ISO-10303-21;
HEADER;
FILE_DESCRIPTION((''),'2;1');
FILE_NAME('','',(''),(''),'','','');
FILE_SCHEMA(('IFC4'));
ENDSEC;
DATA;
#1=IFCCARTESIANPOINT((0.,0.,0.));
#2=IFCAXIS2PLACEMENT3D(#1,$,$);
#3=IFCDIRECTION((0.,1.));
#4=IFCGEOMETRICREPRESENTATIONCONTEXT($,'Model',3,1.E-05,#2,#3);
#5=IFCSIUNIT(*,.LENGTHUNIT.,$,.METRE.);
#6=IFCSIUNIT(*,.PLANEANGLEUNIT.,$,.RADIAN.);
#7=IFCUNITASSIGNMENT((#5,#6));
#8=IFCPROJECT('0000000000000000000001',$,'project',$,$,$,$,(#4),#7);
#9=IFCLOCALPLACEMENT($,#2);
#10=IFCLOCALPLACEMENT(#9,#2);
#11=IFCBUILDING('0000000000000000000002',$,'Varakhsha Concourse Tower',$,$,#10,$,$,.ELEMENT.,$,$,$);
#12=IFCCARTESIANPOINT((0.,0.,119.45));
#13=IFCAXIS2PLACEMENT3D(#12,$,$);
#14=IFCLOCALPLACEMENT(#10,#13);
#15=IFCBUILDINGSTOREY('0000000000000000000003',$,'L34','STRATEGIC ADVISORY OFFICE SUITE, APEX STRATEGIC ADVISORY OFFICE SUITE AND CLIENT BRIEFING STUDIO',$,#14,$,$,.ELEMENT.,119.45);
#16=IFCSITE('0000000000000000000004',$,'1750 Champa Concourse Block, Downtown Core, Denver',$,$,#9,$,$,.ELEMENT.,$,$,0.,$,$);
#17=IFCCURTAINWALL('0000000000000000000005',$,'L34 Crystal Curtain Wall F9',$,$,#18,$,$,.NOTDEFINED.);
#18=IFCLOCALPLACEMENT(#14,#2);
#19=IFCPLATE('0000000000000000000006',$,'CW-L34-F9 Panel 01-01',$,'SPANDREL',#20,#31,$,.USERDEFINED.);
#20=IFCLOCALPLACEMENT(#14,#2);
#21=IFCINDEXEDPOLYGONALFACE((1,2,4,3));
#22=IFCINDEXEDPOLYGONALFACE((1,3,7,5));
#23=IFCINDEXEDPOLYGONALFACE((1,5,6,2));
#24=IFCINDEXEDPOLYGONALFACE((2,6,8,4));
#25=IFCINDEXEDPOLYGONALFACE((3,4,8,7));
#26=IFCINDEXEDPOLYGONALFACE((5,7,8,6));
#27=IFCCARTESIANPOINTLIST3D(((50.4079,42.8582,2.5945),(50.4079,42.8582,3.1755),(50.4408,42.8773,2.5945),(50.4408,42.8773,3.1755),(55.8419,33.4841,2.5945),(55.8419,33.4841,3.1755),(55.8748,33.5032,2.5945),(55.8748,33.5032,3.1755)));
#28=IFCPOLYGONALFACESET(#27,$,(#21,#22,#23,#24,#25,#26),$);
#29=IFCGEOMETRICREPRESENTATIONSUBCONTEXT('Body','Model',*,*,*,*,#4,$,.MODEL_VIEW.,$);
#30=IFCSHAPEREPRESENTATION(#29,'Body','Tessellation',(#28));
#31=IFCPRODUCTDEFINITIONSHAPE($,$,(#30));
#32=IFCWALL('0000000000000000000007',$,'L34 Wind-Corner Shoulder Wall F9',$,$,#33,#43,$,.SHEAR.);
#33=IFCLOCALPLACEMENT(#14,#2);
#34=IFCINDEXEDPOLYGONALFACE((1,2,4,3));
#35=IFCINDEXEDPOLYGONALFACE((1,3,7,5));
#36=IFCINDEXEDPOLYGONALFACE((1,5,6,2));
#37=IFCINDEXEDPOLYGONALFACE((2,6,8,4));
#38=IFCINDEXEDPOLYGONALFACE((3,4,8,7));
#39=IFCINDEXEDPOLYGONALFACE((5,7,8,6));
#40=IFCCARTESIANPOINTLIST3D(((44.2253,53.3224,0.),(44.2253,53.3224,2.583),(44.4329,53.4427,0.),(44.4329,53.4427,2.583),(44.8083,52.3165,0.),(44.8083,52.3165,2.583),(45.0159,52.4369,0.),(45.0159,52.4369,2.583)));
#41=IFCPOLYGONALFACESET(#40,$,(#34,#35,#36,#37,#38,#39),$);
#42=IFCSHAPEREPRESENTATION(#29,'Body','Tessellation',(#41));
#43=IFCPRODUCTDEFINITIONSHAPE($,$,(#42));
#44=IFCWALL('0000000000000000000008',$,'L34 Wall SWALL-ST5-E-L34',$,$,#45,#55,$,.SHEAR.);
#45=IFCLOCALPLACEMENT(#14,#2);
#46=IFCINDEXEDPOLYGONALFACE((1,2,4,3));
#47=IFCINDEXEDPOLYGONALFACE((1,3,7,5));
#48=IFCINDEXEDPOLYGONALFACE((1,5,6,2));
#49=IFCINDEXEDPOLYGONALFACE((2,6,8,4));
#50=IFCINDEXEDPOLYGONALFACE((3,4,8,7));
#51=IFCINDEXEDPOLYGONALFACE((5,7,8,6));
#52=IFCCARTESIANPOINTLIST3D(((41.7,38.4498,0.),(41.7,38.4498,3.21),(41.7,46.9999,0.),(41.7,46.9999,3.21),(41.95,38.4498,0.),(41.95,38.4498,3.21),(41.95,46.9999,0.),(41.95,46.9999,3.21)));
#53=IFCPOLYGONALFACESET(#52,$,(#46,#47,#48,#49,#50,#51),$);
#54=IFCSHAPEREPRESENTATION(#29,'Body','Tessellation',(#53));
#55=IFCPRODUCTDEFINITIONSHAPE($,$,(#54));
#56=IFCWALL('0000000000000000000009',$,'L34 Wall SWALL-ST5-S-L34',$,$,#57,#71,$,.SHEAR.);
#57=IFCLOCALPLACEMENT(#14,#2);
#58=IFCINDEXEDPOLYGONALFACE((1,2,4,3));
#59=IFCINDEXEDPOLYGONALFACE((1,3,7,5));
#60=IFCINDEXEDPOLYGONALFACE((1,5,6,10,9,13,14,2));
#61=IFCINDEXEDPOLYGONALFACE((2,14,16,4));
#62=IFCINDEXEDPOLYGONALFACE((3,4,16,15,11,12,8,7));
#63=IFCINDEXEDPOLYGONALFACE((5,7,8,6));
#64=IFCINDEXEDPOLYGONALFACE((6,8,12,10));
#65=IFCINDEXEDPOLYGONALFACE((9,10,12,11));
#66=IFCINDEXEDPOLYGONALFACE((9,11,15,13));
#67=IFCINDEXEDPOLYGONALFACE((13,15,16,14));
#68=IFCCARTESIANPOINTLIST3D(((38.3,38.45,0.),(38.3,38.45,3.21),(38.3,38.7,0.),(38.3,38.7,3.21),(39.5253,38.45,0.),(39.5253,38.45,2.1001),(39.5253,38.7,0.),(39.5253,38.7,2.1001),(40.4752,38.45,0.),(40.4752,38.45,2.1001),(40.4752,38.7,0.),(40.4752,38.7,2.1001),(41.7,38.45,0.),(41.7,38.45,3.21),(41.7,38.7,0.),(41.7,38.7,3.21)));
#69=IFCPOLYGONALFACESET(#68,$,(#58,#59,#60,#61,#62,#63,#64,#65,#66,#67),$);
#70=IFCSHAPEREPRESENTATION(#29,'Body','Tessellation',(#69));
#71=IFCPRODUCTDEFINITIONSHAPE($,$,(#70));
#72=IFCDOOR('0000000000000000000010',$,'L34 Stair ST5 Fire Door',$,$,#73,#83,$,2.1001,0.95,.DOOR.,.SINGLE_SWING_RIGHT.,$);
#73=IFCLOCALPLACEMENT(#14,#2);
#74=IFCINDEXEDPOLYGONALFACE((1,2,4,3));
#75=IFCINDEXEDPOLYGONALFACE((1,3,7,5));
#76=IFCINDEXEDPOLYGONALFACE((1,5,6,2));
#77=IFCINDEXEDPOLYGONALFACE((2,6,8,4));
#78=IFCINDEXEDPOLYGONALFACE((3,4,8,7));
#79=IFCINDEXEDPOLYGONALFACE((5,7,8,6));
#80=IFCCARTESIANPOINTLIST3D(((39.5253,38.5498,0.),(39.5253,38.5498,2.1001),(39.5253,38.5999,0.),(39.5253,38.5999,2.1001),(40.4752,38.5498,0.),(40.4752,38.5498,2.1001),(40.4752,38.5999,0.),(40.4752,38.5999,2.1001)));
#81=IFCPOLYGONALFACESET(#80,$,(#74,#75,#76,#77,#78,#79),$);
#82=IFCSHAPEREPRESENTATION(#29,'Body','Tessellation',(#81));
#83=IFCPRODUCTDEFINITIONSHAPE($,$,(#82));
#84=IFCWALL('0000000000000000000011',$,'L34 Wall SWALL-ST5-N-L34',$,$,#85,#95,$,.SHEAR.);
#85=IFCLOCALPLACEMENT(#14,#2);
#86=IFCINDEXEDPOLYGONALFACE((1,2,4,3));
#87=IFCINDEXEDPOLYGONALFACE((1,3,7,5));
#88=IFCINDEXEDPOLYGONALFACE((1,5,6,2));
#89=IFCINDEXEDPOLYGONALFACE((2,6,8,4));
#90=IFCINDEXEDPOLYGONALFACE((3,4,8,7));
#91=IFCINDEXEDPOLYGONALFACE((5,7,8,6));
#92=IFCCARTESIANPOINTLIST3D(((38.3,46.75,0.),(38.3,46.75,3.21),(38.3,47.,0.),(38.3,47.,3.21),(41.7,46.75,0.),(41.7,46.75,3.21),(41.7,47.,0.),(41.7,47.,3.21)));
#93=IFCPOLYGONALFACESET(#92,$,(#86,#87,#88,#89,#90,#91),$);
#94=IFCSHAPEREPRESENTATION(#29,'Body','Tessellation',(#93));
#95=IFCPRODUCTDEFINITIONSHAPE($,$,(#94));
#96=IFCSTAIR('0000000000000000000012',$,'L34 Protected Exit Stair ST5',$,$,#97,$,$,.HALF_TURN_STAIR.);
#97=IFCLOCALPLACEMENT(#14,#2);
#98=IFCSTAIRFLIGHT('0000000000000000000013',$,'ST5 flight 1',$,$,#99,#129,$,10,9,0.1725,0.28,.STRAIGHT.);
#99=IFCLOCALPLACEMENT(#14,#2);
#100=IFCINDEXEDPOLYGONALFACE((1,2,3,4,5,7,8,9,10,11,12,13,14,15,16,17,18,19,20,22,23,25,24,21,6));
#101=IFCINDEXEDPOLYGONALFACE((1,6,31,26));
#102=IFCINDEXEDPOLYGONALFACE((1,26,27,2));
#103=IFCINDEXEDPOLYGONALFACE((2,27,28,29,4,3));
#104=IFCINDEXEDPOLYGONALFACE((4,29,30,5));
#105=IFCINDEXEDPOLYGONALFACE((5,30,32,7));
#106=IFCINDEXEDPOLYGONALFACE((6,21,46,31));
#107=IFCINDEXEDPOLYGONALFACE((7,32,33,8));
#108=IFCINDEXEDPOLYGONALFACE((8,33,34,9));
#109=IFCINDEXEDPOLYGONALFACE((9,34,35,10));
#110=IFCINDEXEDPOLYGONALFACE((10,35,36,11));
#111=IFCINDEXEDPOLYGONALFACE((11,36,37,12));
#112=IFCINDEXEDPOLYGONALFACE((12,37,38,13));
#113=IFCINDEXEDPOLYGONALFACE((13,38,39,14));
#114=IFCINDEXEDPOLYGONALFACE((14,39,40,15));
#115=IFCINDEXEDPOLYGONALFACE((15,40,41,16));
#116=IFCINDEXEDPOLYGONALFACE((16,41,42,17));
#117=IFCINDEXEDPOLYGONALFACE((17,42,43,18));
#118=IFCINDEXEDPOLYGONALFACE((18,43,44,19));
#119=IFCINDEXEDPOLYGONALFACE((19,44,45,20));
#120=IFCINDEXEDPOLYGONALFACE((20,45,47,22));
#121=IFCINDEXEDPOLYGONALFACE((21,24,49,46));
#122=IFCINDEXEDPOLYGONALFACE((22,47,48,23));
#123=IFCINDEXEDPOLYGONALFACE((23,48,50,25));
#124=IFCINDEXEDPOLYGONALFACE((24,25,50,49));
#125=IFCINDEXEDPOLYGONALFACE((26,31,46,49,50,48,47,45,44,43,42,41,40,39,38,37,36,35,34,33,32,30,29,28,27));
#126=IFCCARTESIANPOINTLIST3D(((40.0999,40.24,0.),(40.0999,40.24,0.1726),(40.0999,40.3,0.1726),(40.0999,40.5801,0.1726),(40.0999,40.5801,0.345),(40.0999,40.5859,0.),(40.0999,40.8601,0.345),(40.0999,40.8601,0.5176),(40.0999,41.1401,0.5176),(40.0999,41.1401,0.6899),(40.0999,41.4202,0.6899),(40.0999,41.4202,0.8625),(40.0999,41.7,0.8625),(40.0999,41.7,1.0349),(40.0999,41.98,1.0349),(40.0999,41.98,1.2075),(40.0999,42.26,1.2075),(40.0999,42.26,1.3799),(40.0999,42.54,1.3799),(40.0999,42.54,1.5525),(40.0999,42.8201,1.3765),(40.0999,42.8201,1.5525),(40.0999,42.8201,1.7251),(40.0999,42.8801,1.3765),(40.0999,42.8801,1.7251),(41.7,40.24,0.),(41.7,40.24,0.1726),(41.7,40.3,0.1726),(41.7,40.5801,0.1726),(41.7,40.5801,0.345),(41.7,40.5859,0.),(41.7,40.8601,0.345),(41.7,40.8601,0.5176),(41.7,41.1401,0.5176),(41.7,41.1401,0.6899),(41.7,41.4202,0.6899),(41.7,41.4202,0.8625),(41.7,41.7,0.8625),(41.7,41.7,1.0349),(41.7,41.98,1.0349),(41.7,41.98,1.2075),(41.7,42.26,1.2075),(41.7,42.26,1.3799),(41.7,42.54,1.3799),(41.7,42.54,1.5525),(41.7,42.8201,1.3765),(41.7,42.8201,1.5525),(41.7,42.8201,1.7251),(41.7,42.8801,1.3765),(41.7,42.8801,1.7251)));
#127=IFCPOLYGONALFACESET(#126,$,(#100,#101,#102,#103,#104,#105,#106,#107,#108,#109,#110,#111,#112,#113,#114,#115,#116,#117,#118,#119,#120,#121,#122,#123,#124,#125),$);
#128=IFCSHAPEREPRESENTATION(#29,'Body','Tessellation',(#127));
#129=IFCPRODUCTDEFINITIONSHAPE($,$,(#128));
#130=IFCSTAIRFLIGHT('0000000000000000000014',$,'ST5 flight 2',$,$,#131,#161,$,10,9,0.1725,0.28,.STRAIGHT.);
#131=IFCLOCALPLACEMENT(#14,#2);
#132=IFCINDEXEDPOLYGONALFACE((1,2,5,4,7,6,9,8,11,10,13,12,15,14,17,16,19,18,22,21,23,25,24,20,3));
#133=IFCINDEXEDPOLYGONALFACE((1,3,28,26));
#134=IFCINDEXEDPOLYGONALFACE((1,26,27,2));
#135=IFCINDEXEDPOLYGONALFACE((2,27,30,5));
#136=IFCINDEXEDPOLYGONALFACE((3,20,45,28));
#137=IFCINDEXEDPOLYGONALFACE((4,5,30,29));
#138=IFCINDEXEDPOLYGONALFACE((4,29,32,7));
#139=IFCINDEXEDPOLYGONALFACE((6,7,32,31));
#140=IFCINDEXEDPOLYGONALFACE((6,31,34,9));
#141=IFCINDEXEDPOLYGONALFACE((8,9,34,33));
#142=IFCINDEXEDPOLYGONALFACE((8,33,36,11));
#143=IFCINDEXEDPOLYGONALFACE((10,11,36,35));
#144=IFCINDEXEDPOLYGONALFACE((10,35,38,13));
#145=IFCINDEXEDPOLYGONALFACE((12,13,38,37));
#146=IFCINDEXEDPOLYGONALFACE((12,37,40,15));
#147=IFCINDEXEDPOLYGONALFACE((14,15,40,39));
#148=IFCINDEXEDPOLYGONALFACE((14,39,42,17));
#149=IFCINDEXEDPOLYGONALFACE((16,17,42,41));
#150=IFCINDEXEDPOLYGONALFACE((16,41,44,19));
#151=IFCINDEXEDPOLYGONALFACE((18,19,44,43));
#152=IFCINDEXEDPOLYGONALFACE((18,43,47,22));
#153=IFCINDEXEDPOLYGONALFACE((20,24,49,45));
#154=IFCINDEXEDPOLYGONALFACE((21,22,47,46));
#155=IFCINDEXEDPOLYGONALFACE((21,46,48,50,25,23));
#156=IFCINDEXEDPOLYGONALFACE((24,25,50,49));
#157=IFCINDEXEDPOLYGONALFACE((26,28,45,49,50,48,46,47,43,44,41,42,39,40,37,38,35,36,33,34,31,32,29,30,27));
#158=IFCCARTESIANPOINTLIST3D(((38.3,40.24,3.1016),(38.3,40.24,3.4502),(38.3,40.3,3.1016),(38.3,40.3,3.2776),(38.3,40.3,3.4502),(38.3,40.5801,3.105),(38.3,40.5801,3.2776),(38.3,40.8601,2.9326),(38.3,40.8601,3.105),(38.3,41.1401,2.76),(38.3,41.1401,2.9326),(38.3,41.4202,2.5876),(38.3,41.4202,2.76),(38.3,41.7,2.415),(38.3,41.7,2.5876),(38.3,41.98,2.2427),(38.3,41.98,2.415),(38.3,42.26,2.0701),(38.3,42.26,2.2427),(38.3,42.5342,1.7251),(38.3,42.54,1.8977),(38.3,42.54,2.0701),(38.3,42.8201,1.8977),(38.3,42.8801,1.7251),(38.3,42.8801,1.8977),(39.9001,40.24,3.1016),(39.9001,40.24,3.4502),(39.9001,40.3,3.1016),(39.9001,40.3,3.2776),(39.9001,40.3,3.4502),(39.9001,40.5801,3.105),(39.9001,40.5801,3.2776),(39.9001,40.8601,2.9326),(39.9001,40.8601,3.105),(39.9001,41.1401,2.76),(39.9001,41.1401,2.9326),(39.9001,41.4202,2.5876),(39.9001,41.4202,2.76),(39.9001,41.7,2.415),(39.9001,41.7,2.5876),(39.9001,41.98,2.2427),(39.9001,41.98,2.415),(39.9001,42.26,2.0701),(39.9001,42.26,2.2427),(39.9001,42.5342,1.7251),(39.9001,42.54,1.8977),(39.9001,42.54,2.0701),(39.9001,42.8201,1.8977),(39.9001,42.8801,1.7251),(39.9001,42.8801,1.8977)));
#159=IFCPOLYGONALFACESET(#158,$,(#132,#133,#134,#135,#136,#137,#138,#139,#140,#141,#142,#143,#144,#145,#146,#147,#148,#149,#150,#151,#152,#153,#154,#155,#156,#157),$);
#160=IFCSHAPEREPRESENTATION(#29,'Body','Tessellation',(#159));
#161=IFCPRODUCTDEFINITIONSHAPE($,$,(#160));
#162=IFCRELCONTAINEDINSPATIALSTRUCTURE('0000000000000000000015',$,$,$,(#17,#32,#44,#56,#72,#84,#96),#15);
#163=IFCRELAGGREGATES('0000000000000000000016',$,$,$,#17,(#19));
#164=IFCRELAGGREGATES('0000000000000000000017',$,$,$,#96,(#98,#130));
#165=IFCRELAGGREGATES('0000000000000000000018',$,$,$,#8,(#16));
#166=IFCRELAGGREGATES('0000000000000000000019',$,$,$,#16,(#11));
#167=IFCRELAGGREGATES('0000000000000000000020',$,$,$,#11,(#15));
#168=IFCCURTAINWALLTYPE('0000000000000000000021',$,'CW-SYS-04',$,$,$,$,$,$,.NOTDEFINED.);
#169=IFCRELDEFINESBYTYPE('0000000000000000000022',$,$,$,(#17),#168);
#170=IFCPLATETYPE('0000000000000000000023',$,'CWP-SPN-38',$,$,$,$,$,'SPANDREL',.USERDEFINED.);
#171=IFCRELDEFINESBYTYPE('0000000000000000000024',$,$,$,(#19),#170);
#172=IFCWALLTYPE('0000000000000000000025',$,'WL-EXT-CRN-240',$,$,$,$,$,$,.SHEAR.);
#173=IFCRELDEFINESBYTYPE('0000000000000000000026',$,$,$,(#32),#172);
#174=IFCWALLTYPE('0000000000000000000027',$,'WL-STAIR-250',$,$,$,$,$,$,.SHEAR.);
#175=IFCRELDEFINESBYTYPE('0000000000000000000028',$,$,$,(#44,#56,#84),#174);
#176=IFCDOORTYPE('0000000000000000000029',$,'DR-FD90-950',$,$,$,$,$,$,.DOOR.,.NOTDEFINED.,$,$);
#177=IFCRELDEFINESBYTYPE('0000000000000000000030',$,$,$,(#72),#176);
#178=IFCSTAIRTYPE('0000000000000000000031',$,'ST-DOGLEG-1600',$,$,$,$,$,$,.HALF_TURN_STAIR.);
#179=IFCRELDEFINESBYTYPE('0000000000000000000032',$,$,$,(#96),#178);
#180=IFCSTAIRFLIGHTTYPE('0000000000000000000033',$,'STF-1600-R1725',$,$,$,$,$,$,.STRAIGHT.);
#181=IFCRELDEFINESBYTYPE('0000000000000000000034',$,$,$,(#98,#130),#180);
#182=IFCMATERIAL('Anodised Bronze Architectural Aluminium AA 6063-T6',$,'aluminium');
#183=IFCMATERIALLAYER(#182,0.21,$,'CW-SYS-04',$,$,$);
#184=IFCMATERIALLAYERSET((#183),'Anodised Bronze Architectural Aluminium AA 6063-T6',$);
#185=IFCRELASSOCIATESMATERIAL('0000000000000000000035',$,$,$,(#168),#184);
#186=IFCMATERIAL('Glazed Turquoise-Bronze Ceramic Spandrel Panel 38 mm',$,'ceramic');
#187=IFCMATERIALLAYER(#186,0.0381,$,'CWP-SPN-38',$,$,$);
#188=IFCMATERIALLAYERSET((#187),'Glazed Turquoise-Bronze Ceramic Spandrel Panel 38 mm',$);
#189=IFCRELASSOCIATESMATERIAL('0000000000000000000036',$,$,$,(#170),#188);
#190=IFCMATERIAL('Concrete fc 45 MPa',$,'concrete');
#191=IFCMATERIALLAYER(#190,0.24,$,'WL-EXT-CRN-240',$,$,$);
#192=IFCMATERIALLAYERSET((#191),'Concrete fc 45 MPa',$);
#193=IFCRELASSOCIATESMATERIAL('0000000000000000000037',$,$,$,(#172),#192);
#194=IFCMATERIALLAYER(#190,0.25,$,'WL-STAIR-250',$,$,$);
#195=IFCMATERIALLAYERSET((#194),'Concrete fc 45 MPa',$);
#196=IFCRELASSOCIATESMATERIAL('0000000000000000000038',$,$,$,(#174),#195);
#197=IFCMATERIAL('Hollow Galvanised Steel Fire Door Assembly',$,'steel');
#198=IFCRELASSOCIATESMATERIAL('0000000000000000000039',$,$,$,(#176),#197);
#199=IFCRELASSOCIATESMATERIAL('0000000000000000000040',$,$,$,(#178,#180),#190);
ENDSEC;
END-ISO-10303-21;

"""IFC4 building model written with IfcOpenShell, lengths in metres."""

from ifc_helpers import new_model, si_unit, direction, frame, frame_2d, origin, origin_2d, place, context, subcontext, project, spatial, polyline, rectangle, outline, extrude, source, transform, mapped, material, layer, layer_set, type_object, element, fill, aggregate, save


model = new_model("IFC4")

# Units and contexts
model_context = context("Model", 3, precision=1e-05, world=origin(), true_north=direction((0.0, 1.0)))
body_context = subcontext(model_context, "Body", "Model", "MODEL_VIEW")
ifc_project = project(units=[si_unit("LENGTHUNIT", "METRE"), si_unit("PLANEANGLEUNIT", "RADIAN")], contexts=[model_context])

# Site, building, storey
site_placement = place(None, origin())
site = spatial("IfcSite", under=ifc_project, at=site_placement, Name="1750 Champa Concourse Block, Downtown Core, Denver", CompositionType="ELEMENT", RefElevation=0.0)
building_placement = place(site_placement, origin())
building = spatial("IfcBuilding", under=site, at=building_placement, Name="Varakhsha Concourse Tower", CompositionType="ELEMENT")
storey_placement = place(building_placement, frame((0.0, 0.0, 119.45)))
storey = spatial("IfcBuildingStorey", under=building, at=storey_placement, Name="L34", Description="STRATEGIC ADVISORY OFFICE SUITE, APEX STRATEGIC ADVISORY OFFICE SUITE AND CLIENT BRIEFING STUDIO", CompositionType="ELEMENT", Elevation=119.45)

# Curtain wall
ifc_material_1 = material(Name="Anodised Bronze Architectural Aluminium AA 6063-T6", Category="aluminium")
ifc_layer_1 = layer(ifc_material_1, 0.21, Name="CW-SYS-04")
ifc_layer_set_1 = layer_set([ifc_layer_1], Name="Anodised Bronze Architectural Aluminium AA 6063-T6")
curtain_wall_type = type_object("IfcCurtainWallType", Name="CW-SYS-04", PredefinedType="NOTDEFINED", material=ifc_layer_set_1)
curtain_wall_placement = place(storey_placement, origin())
curtain_wall = element("IfcCurtainWall", 1, at=curtain_wall_placement, inside=storey, type_object=curtain_wall_type, Name="L34 Crystal Curtain Wall F9", PredefinedType="NOTDEFINED")

# Plate
ifc_material_2 = material(Name="Glazed Turquoise-Bronze Ceramic Spandrel Panel 38 mm", Category="ceramic")
ifc_layer_2 = layer(ifc_material_2, 0.0381, Name="CWP-SPN-38")
ifc_layer_set_2 = layer_set([ifc_layer_2], Name="Glazed Turquoise-Bronze Ceramic Spandrel Panel 38 mm")
plate_type_1 = type_object("IfcPlateType", Name="CWP-SPN-38", ElementType="SPANDREL", PredefinedType="USERDEFINED", material=ifc_layer_set_2)
shared_shape_1 = source(origin(), body_context, "Body", "SweptSolid", [
    extrude(rectangle(XDim=10.8352, YDim=0.0381, at=origin_2d()), origin(), (0.0, 0.0, 1.0), 0.5811),
])
plate_1_placement = place(storey_placement, frame((53.1414, 38.1807, 2.5945), z_axis=(0.0, 0.0, 1.0), x_axis=(0.501514, -0.86515, 0.0)))
plate_1 = element("IfcPlate", 2, at=plate_1_placement, type_object=plate_type_1, Name="CW-L34-F9 Panel 01-01", ObjectType="SPANDREL", PredefinedType="USERDEFINED", context=body_context, shape_type="MappedRepresentation", body=[
    mapped(shared_shape_1, transform((0.0, 0.0, 0.0), scale=1.0)),
])
aggregate(curtain_wall, [plate_1])

# Walls
ifc_material_3 = material(Name="Concrete fc 45 MPa", Category="concrete")
ifc_layer_3 = layer(ifc_material_3, 0.24, Name="WL-EXT-CRN-240")
ifc_layer_set_3 = layer_set([ifc_layer_3], Name="Concrete fc 45 MPa")
wall_type_1 = type_object("IfcWallType", Name="WL-EXT-CRN-240", PredefinedType="SHEAR", material=ifc_layer_set_3)
wall_1_placement = place(storey_placement, frame((44.9121, 52.3767, 0.0), z_axis=(0.0, 0.0, 1.0), x_axis=(-0.501467, 0.865177, 0.0)))
element("IfcWall", 3, at=wall_1_placement, inside=storey, type_object=wall_type_1, Name="L34 Wind-Corner Shoulder Wall F9", PredefinedType="SHEAR", context=body_context, shape_type="SweptSolid", body=[
    extrude(rectangle(XDim=1.1626, YDim=0.24, at=frame_2d((0.5813, 0.0))), origin(), (0.0, 0.0, 1.0), 2.583),
])
ifc_layer_4 = layer(ifc_material_3, 0.25, Name="WL-STAIR-250")
ifc_layer_set_4 = layer_set([ifc_layer_4], Name="Concrete fc 45 MPa")
wall_type_2 = type_object("IfcWallType", Name="WL-STAIR-250", PredefinedType="SHEAR", material=ifc_layer_set_4)
wall_2_placement = place(storey_placement, frame((41.825, 38.45, 0.0), z_axis=(0.0, 0.0, 1.0), x_axis=(0.0, 1.0, 0.0)))
element("IfcWall", 4, at=wall_2_placement, inside=storey, type_object=wall_type_2, Name="L34 Wall SWALL-ST5-E-L34", PredefinedType="SHEAR", context=body_context, shape_type="SweptSolid", body=[
    extrude(rectangle(XDim=8.55, YDim=0.25, at=frame_2d((4.2749, 0.0))), origin(), (0.0, 0.0, 1.0), 3.21),
])

# Wall, opening, door
wall_3_placement = place(storey_placement, frame((38.3, 38.575, 0.0), z_axis=(0.0, 0.0, 1.0), x_axis=(1.0, 0.0, 0.0)))
wall_3 = element("IfcWall", 5, at=wall_3_placement, inside=storey, type_object=wall_type_2, Name="L34 Wall SWALL-ST5-S-L34", PredefinedType="SHEAR", context=body_context, shape_type="SweptSolid", body=[
    extrude(rectangle(XDim=3.3999, YDim=0.25, at=frame_2d((1.7, 0.0))), origin(), (0.0, 0.0, 1.0), 3.21),
])
opening_placement = place(wall_3_placement, frame((1.2251, 0.0, 0.0)))
opening = element("IfcOpeningElement", 6, at=opening_placement, cuts=wall_3, PredefinedType="OPENING", context=body_context, shape_type="SweptSolid", body=[
    extrude(rectangle(XDim=0.95, YDim=2.1001, at=frame_2d((0.4751, 1.05))), frame((0.0, 0.135, 0.0), z_axis=(0.0, -1.0, 0.0), x_axis=(1.0, 0.0, 0.0)), (0.0, 0.0, 1.0), 0.27),
])
ifc_material_4 = material(Name="Hollow Galvanised Steel Fire Door Assembly", Category="steel")
door_type = type_object("IfcDoorType", Name="DR-FD90-950", OperationType="NOTDEFINED", PredefinedType="DOOR", material=ifc_material_4)
door_placement = place(opening_placement, origin())
door = element("IfcDoor", 7, at=door_placement, inside=storey, type_object=door_type, Name="L34 Stair ST5 Fire Door", OperationType="SINGLE_SWING_RIGHT", OverallHeight=2.1001, OverallWidth=0.95, PredefinedType="DOOR", context=body_context, shape_type="SweptSolid", body=[
    extrude(rectangle(XDim=0.95, YDim=2.1001, at=frame_2d((0.4751, 1.05))), frame((0.0, 0.0249, 0.0), z_axis=(0.0, -1.0, 0.0), x_axis=(1.0, 0.0, 0.0)), (0.0, 0.0, 1.0), 0.05),
])
fill(opening, door)

# Wall
wall_4_placement = place(storey_placement, frame((38.3, 46.875, 0.0), z_axis=(0.0, 0.0, 1.0), x_axis=(1.0, 0.0, 0.0)))
element("IfcWall", 8, at=wall_4_placement, inside=storey, type_object=wall_type_2, Name="L34 Wall SWALL-ST5-N-L34", PredefinedType="SHEAR", context=body_context, shape_type="SweptSolid", body=[
    extrude(rectangle(XDim=3.3999, YDim=0.25, at=frame_2d((1.7, 0.0))), origin(), (0.0, 0.0, 1.0), 3.21),
])

# Stair, stair flights
stair_type = type_object("IfcStairType", Name="ST-DOGLEG-1600", PredefinedType="HALF_TURN_STAIR", material=ifc_material_3)
stair_placement = place(storey_placement, origin())
stair = element("IfcStair", 9, at=stair_placement, inside=storey, type_object=stair_type, Name="L34 Protected Exit Stair ST5", PredefinedType="HALF_TURN_STAIR")
stair_flight_type = type_object("IfcStairFlightType", Name="STF-1600-R1725", PredefinedType="STRAIGHT", material=ifc_material_3)
stair_flight_1_placement = place(storey_placement, frame((40.8999, 40.3, 0.0), z_axis=(0.0, 0.0, 1.0), x_axis=(0.0, 1.0, 0.0)))
stair_flight_1 = element("IfcStairFlight", 10, at=stair_flight_1_placement, type_object=stair_flight_type, Name="ST5 flight 1", NumberOfRisers=10, NumberOfTreads=9, PredefinedType="STRAIGHT", RiserHeight=0.1725, TreadLength=0.28, context=body_context, shape_type="SweptSolid", body=[
    extrude(outline(polyline([(-0.0601, 0.0), (-0.0601, 0.1726), (0.0, 0.1726), (0.28, 0.1726), (0.28, 0.345), (0.5601, 0.345), (0.5601, 0.5176), (0.8401, 0.5176), (0.8401, 0.6899), (1.1201, 0.6899), (1.1201, 0.8625), (1.3999, 0.8625), (1.3999, 1.0349), (1.6799, 1.0349), (1.6799, 1.2075), (1.96, 1.2075), (1.96, 1.3799), (2.24, 1.3799), (2.24, 1.5525), (2.52, 1.5525), (2.52, 1.7251), (2.5801, 1.7251), (2.5801, 1.3765), (2.52, 1.3765), (0.2859, 0.0), (-0.0601, 0.0)])), frame((0.0, 0.8, 0.0), z_axis=(0.0, -1.0, 0.0), x_axis=(1.0, 0.0, 0.0)), (0.0, 0.0, 1.0), 1.6001),
])
stair_flight_2_placement = place(storey_placement, frame((39.1001, 42.8201, 1.7251), z_axis=(0.0, 0.0, 1.0), x_axis=(0.0, -1.0, 0.0)))
stair_flight_2 = element("IfcStairFlight", 11, at=stair_flight_2_placement, type_object=stair_flight_type, Name="ST5 flight 2", NumberOfRisers=10, NumberOfTreads=9, PredefinedType="STRAIGHT", RiserHeight=0.1725, TreadLength=0.28, context=body_context, shape_type="SweptSolid", body=[
    extrude(outline(polyline([(-0.0601, 0.0), (-0.0601, 0.1726), (0.0, 0.1726), (0.28, 0.1726), (0.28, 0.345), (0.5601, 0.345), (0.5601, 0.5176), (0.8401, 0.5176), (0.8401, 0.6899), (1.1201, 0.6899), (1.1201, 0.8625), (1.3999, 0.8625), (1.3999, 1.0349), (1.6799, 1.0349), (1.6799, 1.2075), (1.96, 1.2075), (1.96, 1.3799), (2.24, 1.3799), (2.24, 1.5525), (2.52, 1.5525), (2.52, 1.7251), (2.5801, 1.7251), (2.5801, 1.3765), (2.52, 1.3765), (0.2859, 0.0), (-0.0601, 0.0)])), frame((0.0, 0.8, 0.0), z_axis=(0.0, -1.0, 0.0), x_axis=(1.0, 0.0, 0.0)), (0.0, 0.0, 1.0), 1.6001),
])
aggregate(stair, [stair_flight_1, stair_flight_2])

save(model, "model.ifc")
